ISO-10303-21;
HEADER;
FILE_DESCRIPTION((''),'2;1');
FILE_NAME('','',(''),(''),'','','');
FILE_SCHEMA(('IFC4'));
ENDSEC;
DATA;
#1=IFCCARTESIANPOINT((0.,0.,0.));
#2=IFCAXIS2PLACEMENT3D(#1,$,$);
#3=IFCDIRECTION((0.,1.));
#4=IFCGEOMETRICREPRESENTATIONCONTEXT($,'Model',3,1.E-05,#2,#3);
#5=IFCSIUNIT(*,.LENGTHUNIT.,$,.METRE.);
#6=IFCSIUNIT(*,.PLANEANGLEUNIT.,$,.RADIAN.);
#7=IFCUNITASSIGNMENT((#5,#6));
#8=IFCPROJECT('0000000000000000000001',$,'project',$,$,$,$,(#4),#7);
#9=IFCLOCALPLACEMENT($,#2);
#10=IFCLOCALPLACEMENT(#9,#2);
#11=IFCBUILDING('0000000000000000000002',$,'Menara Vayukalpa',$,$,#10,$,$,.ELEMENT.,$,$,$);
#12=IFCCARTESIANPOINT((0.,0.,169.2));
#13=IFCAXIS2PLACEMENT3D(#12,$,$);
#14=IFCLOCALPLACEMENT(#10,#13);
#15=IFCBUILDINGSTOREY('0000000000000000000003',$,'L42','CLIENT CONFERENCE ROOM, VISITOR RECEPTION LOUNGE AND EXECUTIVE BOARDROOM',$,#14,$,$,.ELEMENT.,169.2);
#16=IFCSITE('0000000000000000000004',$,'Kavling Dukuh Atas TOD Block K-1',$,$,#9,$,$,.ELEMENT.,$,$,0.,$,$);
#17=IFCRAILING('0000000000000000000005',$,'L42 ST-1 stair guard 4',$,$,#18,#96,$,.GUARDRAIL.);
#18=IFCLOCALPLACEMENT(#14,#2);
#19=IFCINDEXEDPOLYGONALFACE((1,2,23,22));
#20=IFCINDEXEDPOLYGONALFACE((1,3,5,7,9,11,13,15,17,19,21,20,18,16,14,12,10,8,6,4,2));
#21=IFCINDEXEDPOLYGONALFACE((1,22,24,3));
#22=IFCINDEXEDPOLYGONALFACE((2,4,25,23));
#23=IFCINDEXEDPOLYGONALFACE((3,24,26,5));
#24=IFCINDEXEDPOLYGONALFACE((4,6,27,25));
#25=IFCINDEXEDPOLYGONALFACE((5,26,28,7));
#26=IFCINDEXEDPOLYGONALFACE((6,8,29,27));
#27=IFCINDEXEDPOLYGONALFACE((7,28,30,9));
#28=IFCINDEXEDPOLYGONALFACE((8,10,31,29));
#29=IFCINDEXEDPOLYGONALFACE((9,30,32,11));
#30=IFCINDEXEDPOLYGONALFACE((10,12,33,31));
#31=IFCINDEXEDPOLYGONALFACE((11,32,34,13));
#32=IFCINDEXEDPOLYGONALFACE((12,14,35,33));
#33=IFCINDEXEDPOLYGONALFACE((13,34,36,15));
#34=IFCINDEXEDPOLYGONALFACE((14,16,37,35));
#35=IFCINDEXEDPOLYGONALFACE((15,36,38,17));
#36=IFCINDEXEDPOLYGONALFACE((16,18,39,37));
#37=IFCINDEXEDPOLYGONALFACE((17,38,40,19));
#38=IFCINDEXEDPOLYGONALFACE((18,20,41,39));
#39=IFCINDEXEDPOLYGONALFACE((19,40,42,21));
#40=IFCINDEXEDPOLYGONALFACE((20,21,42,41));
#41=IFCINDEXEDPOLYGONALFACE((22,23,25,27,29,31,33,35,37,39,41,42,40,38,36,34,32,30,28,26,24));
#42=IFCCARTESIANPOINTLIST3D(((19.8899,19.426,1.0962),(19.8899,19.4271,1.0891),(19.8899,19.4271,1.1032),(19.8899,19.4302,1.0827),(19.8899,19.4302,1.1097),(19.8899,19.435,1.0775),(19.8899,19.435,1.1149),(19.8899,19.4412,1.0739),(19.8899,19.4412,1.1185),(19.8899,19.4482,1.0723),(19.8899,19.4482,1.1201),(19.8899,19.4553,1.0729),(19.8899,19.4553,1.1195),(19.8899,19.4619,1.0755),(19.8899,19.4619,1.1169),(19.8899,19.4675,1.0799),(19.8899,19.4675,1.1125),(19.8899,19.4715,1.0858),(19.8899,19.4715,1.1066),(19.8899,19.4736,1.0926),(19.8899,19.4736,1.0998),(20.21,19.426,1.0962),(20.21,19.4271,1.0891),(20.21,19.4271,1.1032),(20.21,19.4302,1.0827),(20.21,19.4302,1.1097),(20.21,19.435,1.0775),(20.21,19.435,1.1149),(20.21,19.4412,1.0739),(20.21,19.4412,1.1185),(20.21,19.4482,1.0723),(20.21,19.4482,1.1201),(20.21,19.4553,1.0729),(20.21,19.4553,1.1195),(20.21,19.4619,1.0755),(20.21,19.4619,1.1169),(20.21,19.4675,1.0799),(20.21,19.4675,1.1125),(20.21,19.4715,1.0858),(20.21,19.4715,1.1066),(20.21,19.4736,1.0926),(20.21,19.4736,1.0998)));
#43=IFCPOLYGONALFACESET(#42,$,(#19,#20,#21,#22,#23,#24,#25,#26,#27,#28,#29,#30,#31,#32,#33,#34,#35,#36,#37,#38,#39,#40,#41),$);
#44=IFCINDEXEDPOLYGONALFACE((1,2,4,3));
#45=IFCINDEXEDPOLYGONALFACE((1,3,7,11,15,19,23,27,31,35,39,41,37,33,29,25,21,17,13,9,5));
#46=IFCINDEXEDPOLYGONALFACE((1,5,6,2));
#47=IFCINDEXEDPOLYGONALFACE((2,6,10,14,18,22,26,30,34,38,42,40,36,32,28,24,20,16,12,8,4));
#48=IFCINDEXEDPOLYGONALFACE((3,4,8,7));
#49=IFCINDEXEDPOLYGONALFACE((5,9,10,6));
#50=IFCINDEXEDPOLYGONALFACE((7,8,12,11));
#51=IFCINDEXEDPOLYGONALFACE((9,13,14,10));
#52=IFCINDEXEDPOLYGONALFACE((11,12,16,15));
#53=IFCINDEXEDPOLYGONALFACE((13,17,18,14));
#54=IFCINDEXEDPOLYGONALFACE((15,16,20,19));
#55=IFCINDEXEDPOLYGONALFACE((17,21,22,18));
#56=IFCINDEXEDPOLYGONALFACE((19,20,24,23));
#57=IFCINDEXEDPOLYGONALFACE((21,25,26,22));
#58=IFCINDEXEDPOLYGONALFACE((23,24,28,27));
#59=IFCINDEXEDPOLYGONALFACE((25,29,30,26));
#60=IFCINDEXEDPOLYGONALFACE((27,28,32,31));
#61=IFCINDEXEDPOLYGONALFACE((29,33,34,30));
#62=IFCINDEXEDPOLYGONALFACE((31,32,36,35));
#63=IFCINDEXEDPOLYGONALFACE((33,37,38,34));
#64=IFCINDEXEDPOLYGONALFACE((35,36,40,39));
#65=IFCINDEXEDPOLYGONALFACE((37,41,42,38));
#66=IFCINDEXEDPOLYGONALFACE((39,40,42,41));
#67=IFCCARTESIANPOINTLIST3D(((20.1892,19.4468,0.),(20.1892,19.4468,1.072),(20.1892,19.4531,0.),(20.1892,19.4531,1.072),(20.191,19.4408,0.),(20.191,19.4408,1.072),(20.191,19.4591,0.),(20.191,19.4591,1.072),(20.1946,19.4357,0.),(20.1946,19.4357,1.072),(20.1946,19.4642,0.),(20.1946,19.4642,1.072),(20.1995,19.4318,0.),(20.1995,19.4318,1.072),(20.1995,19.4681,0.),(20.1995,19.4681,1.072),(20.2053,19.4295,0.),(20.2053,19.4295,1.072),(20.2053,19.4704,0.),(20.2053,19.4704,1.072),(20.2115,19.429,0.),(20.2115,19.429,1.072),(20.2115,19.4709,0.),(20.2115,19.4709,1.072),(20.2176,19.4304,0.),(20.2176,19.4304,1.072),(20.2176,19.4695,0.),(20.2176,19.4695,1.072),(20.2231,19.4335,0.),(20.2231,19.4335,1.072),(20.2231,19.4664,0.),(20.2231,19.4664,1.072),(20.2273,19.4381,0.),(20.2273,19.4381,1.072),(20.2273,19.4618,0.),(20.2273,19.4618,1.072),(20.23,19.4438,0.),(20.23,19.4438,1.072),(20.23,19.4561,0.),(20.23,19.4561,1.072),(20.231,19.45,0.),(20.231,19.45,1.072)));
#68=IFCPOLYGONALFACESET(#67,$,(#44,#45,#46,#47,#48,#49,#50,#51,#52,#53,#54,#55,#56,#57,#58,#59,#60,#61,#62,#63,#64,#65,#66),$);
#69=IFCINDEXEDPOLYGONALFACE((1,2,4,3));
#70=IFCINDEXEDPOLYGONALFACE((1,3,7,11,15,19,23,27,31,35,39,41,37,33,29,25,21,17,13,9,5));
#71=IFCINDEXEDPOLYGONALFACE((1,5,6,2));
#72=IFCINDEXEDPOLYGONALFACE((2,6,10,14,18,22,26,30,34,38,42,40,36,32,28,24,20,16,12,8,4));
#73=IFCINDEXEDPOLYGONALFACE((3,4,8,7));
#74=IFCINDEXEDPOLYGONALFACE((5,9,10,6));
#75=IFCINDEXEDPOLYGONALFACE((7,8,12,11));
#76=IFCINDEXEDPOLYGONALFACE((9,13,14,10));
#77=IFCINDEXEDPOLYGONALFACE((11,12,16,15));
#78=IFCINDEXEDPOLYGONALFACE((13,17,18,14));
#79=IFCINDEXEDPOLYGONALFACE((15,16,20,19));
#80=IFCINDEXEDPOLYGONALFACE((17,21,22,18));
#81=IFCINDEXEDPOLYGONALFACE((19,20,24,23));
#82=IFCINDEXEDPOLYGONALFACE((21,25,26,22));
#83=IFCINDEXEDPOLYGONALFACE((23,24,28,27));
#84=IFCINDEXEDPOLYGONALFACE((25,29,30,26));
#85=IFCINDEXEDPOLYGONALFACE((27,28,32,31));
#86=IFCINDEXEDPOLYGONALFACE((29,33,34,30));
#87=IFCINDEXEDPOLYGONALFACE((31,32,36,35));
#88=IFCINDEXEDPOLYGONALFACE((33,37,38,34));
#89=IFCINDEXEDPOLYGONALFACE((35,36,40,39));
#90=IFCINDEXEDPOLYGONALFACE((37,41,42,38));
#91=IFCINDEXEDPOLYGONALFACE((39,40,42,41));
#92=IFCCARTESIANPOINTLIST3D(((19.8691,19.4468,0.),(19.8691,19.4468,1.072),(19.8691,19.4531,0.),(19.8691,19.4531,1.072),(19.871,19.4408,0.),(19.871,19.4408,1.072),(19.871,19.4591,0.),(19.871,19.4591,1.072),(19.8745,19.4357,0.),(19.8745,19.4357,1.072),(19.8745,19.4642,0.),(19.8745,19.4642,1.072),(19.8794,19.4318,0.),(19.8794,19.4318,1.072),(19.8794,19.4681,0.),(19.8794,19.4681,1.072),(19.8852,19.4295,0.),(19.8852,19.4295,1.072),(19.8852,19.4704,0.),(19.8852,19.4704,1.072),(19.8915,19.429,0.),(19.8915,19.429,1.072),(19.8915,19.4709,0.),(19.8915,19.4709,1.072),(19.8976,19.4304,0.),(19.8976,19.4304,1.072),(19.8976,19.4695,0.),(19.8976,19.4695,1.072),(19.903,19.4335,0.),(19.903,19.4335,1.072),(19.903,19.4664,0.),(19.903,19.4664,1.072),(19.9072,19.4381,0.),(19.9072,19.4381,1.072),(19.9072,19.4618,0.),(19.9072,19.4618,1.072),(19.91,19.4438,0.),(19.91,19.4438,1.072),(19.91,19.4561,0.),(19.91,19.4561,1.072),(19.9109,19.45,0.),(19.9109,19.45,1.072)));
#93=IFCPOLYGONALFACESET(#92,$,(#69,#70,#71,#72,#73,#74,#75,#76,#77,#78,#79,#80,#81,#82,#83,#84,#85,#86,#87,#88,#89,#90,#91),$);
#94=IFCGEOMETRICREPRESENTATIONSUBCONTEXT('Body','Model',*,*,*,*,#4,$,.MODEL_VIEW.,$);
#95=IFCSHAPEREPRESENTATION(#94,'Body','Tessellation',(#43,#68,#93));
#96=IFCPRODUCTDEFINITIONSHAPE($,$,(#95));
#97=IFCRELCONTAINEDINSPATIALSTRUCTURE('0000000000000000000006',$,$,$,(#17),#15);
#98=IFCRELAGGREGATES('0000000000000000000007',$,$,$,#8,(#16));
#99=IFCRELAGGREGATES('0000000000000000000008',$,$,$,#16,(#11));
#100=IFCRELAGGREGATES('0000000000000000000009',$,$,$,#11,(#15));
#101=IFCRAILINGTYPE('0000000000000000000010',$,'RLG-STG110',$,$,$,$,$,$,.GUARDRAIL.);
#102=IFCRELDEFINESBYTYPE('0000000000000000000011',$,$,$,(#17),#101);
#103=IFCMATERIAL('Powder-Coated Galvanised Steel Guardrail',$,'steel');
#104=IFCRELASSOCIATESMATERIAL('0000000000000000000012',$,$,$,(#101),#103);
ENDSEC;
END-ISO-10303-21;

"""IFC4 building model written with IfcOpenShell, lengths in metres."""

from ifc_helpers import new_model, si_unit, direction, frame, origin, origin_2d, place, context, subcontext, project, spatial, circle, extrude, material, type_object, element, save


model = new_model("IFC4")

# Units and contexts
model_context = context("Model", 3, precision=1e-05, world=origin(), true_north=direction((0.0, 1.0)))
body_context = subcontext(model_context, "Body", "Model", "MODEL_VIEW")
ifc_project = project(units=[si_unit("LENGTHUNIT", "METRE"), si_unit("PLANEANGLEUNIT", "RADIAN")], contexts=[model_context])

# Site, building, storey
site_placement = place(None, origin())
site = spatial("IfcSite", under=ifc_project, at=site_placement, Name="Kavling Dukuh Atas TOD Block K-1", CompositionType="ELEMENT", RefElevation=0.0)
building_placement = place(site_placement, origin())
building = spatial("IfcBuilding", under=site, at=building_placement, Name="Menara Vayukalpa", CompositionType="ELEMENT")
storey_placement = place(building_placement, frame((0.0, 0.0, 169.2)))
storey = spatial("IfcBuildingStorey", under=building, at=storey_placement, Name="L42", Description="CLIENT CONFERENCE ROOM, VISITOR RECEPTION LOUNGE AND EXECUTIVE BOARDROOM", CompositionType="ELEMENT", Elevation=169.2)

# Railing
ifc_material_1 = material(Name="Powder-Coated Galvanised Steel Guardrail", Category="steel")
railing_type = type_object("IfcRailingType", Name="RLG-STG110", PredefinedType="GUARDRAIL", material=ifc_material_1)
railing_1_placement = place(storey_placement, frame((20.21, 19.45, 0.0)))
element("IfcRailing", 1, at=railing_1_placement, inside=storey, type_object=railing_type, Name="L42 ST-1 stair guard 4", PredefinedType="GUARDRAIL", context=body_context, shape_type="SweptSolid", body=[
    extrude(circle(Radius=0.0239, at=origin_2d()), frame((0.0, 0.0, 1.0962), z_axis=(-1.0, 0.0, 0.0), x_axis=(0.0, -1.0, 0.0)), (0.0, 0.0, 1.0), 0.3201),
    extrude(circle(Radius=0.021, at=origin_2d()), origin(), (0.0, 0.0, 1.0), 1.072),
    extrude(circle(Radius=0.021, at=origin_2d()), frame((-0.3201, 0.0, 0.0)), (0.0, 0.0, 1.0), 1.072),
])

save(model, "model.ifc")
